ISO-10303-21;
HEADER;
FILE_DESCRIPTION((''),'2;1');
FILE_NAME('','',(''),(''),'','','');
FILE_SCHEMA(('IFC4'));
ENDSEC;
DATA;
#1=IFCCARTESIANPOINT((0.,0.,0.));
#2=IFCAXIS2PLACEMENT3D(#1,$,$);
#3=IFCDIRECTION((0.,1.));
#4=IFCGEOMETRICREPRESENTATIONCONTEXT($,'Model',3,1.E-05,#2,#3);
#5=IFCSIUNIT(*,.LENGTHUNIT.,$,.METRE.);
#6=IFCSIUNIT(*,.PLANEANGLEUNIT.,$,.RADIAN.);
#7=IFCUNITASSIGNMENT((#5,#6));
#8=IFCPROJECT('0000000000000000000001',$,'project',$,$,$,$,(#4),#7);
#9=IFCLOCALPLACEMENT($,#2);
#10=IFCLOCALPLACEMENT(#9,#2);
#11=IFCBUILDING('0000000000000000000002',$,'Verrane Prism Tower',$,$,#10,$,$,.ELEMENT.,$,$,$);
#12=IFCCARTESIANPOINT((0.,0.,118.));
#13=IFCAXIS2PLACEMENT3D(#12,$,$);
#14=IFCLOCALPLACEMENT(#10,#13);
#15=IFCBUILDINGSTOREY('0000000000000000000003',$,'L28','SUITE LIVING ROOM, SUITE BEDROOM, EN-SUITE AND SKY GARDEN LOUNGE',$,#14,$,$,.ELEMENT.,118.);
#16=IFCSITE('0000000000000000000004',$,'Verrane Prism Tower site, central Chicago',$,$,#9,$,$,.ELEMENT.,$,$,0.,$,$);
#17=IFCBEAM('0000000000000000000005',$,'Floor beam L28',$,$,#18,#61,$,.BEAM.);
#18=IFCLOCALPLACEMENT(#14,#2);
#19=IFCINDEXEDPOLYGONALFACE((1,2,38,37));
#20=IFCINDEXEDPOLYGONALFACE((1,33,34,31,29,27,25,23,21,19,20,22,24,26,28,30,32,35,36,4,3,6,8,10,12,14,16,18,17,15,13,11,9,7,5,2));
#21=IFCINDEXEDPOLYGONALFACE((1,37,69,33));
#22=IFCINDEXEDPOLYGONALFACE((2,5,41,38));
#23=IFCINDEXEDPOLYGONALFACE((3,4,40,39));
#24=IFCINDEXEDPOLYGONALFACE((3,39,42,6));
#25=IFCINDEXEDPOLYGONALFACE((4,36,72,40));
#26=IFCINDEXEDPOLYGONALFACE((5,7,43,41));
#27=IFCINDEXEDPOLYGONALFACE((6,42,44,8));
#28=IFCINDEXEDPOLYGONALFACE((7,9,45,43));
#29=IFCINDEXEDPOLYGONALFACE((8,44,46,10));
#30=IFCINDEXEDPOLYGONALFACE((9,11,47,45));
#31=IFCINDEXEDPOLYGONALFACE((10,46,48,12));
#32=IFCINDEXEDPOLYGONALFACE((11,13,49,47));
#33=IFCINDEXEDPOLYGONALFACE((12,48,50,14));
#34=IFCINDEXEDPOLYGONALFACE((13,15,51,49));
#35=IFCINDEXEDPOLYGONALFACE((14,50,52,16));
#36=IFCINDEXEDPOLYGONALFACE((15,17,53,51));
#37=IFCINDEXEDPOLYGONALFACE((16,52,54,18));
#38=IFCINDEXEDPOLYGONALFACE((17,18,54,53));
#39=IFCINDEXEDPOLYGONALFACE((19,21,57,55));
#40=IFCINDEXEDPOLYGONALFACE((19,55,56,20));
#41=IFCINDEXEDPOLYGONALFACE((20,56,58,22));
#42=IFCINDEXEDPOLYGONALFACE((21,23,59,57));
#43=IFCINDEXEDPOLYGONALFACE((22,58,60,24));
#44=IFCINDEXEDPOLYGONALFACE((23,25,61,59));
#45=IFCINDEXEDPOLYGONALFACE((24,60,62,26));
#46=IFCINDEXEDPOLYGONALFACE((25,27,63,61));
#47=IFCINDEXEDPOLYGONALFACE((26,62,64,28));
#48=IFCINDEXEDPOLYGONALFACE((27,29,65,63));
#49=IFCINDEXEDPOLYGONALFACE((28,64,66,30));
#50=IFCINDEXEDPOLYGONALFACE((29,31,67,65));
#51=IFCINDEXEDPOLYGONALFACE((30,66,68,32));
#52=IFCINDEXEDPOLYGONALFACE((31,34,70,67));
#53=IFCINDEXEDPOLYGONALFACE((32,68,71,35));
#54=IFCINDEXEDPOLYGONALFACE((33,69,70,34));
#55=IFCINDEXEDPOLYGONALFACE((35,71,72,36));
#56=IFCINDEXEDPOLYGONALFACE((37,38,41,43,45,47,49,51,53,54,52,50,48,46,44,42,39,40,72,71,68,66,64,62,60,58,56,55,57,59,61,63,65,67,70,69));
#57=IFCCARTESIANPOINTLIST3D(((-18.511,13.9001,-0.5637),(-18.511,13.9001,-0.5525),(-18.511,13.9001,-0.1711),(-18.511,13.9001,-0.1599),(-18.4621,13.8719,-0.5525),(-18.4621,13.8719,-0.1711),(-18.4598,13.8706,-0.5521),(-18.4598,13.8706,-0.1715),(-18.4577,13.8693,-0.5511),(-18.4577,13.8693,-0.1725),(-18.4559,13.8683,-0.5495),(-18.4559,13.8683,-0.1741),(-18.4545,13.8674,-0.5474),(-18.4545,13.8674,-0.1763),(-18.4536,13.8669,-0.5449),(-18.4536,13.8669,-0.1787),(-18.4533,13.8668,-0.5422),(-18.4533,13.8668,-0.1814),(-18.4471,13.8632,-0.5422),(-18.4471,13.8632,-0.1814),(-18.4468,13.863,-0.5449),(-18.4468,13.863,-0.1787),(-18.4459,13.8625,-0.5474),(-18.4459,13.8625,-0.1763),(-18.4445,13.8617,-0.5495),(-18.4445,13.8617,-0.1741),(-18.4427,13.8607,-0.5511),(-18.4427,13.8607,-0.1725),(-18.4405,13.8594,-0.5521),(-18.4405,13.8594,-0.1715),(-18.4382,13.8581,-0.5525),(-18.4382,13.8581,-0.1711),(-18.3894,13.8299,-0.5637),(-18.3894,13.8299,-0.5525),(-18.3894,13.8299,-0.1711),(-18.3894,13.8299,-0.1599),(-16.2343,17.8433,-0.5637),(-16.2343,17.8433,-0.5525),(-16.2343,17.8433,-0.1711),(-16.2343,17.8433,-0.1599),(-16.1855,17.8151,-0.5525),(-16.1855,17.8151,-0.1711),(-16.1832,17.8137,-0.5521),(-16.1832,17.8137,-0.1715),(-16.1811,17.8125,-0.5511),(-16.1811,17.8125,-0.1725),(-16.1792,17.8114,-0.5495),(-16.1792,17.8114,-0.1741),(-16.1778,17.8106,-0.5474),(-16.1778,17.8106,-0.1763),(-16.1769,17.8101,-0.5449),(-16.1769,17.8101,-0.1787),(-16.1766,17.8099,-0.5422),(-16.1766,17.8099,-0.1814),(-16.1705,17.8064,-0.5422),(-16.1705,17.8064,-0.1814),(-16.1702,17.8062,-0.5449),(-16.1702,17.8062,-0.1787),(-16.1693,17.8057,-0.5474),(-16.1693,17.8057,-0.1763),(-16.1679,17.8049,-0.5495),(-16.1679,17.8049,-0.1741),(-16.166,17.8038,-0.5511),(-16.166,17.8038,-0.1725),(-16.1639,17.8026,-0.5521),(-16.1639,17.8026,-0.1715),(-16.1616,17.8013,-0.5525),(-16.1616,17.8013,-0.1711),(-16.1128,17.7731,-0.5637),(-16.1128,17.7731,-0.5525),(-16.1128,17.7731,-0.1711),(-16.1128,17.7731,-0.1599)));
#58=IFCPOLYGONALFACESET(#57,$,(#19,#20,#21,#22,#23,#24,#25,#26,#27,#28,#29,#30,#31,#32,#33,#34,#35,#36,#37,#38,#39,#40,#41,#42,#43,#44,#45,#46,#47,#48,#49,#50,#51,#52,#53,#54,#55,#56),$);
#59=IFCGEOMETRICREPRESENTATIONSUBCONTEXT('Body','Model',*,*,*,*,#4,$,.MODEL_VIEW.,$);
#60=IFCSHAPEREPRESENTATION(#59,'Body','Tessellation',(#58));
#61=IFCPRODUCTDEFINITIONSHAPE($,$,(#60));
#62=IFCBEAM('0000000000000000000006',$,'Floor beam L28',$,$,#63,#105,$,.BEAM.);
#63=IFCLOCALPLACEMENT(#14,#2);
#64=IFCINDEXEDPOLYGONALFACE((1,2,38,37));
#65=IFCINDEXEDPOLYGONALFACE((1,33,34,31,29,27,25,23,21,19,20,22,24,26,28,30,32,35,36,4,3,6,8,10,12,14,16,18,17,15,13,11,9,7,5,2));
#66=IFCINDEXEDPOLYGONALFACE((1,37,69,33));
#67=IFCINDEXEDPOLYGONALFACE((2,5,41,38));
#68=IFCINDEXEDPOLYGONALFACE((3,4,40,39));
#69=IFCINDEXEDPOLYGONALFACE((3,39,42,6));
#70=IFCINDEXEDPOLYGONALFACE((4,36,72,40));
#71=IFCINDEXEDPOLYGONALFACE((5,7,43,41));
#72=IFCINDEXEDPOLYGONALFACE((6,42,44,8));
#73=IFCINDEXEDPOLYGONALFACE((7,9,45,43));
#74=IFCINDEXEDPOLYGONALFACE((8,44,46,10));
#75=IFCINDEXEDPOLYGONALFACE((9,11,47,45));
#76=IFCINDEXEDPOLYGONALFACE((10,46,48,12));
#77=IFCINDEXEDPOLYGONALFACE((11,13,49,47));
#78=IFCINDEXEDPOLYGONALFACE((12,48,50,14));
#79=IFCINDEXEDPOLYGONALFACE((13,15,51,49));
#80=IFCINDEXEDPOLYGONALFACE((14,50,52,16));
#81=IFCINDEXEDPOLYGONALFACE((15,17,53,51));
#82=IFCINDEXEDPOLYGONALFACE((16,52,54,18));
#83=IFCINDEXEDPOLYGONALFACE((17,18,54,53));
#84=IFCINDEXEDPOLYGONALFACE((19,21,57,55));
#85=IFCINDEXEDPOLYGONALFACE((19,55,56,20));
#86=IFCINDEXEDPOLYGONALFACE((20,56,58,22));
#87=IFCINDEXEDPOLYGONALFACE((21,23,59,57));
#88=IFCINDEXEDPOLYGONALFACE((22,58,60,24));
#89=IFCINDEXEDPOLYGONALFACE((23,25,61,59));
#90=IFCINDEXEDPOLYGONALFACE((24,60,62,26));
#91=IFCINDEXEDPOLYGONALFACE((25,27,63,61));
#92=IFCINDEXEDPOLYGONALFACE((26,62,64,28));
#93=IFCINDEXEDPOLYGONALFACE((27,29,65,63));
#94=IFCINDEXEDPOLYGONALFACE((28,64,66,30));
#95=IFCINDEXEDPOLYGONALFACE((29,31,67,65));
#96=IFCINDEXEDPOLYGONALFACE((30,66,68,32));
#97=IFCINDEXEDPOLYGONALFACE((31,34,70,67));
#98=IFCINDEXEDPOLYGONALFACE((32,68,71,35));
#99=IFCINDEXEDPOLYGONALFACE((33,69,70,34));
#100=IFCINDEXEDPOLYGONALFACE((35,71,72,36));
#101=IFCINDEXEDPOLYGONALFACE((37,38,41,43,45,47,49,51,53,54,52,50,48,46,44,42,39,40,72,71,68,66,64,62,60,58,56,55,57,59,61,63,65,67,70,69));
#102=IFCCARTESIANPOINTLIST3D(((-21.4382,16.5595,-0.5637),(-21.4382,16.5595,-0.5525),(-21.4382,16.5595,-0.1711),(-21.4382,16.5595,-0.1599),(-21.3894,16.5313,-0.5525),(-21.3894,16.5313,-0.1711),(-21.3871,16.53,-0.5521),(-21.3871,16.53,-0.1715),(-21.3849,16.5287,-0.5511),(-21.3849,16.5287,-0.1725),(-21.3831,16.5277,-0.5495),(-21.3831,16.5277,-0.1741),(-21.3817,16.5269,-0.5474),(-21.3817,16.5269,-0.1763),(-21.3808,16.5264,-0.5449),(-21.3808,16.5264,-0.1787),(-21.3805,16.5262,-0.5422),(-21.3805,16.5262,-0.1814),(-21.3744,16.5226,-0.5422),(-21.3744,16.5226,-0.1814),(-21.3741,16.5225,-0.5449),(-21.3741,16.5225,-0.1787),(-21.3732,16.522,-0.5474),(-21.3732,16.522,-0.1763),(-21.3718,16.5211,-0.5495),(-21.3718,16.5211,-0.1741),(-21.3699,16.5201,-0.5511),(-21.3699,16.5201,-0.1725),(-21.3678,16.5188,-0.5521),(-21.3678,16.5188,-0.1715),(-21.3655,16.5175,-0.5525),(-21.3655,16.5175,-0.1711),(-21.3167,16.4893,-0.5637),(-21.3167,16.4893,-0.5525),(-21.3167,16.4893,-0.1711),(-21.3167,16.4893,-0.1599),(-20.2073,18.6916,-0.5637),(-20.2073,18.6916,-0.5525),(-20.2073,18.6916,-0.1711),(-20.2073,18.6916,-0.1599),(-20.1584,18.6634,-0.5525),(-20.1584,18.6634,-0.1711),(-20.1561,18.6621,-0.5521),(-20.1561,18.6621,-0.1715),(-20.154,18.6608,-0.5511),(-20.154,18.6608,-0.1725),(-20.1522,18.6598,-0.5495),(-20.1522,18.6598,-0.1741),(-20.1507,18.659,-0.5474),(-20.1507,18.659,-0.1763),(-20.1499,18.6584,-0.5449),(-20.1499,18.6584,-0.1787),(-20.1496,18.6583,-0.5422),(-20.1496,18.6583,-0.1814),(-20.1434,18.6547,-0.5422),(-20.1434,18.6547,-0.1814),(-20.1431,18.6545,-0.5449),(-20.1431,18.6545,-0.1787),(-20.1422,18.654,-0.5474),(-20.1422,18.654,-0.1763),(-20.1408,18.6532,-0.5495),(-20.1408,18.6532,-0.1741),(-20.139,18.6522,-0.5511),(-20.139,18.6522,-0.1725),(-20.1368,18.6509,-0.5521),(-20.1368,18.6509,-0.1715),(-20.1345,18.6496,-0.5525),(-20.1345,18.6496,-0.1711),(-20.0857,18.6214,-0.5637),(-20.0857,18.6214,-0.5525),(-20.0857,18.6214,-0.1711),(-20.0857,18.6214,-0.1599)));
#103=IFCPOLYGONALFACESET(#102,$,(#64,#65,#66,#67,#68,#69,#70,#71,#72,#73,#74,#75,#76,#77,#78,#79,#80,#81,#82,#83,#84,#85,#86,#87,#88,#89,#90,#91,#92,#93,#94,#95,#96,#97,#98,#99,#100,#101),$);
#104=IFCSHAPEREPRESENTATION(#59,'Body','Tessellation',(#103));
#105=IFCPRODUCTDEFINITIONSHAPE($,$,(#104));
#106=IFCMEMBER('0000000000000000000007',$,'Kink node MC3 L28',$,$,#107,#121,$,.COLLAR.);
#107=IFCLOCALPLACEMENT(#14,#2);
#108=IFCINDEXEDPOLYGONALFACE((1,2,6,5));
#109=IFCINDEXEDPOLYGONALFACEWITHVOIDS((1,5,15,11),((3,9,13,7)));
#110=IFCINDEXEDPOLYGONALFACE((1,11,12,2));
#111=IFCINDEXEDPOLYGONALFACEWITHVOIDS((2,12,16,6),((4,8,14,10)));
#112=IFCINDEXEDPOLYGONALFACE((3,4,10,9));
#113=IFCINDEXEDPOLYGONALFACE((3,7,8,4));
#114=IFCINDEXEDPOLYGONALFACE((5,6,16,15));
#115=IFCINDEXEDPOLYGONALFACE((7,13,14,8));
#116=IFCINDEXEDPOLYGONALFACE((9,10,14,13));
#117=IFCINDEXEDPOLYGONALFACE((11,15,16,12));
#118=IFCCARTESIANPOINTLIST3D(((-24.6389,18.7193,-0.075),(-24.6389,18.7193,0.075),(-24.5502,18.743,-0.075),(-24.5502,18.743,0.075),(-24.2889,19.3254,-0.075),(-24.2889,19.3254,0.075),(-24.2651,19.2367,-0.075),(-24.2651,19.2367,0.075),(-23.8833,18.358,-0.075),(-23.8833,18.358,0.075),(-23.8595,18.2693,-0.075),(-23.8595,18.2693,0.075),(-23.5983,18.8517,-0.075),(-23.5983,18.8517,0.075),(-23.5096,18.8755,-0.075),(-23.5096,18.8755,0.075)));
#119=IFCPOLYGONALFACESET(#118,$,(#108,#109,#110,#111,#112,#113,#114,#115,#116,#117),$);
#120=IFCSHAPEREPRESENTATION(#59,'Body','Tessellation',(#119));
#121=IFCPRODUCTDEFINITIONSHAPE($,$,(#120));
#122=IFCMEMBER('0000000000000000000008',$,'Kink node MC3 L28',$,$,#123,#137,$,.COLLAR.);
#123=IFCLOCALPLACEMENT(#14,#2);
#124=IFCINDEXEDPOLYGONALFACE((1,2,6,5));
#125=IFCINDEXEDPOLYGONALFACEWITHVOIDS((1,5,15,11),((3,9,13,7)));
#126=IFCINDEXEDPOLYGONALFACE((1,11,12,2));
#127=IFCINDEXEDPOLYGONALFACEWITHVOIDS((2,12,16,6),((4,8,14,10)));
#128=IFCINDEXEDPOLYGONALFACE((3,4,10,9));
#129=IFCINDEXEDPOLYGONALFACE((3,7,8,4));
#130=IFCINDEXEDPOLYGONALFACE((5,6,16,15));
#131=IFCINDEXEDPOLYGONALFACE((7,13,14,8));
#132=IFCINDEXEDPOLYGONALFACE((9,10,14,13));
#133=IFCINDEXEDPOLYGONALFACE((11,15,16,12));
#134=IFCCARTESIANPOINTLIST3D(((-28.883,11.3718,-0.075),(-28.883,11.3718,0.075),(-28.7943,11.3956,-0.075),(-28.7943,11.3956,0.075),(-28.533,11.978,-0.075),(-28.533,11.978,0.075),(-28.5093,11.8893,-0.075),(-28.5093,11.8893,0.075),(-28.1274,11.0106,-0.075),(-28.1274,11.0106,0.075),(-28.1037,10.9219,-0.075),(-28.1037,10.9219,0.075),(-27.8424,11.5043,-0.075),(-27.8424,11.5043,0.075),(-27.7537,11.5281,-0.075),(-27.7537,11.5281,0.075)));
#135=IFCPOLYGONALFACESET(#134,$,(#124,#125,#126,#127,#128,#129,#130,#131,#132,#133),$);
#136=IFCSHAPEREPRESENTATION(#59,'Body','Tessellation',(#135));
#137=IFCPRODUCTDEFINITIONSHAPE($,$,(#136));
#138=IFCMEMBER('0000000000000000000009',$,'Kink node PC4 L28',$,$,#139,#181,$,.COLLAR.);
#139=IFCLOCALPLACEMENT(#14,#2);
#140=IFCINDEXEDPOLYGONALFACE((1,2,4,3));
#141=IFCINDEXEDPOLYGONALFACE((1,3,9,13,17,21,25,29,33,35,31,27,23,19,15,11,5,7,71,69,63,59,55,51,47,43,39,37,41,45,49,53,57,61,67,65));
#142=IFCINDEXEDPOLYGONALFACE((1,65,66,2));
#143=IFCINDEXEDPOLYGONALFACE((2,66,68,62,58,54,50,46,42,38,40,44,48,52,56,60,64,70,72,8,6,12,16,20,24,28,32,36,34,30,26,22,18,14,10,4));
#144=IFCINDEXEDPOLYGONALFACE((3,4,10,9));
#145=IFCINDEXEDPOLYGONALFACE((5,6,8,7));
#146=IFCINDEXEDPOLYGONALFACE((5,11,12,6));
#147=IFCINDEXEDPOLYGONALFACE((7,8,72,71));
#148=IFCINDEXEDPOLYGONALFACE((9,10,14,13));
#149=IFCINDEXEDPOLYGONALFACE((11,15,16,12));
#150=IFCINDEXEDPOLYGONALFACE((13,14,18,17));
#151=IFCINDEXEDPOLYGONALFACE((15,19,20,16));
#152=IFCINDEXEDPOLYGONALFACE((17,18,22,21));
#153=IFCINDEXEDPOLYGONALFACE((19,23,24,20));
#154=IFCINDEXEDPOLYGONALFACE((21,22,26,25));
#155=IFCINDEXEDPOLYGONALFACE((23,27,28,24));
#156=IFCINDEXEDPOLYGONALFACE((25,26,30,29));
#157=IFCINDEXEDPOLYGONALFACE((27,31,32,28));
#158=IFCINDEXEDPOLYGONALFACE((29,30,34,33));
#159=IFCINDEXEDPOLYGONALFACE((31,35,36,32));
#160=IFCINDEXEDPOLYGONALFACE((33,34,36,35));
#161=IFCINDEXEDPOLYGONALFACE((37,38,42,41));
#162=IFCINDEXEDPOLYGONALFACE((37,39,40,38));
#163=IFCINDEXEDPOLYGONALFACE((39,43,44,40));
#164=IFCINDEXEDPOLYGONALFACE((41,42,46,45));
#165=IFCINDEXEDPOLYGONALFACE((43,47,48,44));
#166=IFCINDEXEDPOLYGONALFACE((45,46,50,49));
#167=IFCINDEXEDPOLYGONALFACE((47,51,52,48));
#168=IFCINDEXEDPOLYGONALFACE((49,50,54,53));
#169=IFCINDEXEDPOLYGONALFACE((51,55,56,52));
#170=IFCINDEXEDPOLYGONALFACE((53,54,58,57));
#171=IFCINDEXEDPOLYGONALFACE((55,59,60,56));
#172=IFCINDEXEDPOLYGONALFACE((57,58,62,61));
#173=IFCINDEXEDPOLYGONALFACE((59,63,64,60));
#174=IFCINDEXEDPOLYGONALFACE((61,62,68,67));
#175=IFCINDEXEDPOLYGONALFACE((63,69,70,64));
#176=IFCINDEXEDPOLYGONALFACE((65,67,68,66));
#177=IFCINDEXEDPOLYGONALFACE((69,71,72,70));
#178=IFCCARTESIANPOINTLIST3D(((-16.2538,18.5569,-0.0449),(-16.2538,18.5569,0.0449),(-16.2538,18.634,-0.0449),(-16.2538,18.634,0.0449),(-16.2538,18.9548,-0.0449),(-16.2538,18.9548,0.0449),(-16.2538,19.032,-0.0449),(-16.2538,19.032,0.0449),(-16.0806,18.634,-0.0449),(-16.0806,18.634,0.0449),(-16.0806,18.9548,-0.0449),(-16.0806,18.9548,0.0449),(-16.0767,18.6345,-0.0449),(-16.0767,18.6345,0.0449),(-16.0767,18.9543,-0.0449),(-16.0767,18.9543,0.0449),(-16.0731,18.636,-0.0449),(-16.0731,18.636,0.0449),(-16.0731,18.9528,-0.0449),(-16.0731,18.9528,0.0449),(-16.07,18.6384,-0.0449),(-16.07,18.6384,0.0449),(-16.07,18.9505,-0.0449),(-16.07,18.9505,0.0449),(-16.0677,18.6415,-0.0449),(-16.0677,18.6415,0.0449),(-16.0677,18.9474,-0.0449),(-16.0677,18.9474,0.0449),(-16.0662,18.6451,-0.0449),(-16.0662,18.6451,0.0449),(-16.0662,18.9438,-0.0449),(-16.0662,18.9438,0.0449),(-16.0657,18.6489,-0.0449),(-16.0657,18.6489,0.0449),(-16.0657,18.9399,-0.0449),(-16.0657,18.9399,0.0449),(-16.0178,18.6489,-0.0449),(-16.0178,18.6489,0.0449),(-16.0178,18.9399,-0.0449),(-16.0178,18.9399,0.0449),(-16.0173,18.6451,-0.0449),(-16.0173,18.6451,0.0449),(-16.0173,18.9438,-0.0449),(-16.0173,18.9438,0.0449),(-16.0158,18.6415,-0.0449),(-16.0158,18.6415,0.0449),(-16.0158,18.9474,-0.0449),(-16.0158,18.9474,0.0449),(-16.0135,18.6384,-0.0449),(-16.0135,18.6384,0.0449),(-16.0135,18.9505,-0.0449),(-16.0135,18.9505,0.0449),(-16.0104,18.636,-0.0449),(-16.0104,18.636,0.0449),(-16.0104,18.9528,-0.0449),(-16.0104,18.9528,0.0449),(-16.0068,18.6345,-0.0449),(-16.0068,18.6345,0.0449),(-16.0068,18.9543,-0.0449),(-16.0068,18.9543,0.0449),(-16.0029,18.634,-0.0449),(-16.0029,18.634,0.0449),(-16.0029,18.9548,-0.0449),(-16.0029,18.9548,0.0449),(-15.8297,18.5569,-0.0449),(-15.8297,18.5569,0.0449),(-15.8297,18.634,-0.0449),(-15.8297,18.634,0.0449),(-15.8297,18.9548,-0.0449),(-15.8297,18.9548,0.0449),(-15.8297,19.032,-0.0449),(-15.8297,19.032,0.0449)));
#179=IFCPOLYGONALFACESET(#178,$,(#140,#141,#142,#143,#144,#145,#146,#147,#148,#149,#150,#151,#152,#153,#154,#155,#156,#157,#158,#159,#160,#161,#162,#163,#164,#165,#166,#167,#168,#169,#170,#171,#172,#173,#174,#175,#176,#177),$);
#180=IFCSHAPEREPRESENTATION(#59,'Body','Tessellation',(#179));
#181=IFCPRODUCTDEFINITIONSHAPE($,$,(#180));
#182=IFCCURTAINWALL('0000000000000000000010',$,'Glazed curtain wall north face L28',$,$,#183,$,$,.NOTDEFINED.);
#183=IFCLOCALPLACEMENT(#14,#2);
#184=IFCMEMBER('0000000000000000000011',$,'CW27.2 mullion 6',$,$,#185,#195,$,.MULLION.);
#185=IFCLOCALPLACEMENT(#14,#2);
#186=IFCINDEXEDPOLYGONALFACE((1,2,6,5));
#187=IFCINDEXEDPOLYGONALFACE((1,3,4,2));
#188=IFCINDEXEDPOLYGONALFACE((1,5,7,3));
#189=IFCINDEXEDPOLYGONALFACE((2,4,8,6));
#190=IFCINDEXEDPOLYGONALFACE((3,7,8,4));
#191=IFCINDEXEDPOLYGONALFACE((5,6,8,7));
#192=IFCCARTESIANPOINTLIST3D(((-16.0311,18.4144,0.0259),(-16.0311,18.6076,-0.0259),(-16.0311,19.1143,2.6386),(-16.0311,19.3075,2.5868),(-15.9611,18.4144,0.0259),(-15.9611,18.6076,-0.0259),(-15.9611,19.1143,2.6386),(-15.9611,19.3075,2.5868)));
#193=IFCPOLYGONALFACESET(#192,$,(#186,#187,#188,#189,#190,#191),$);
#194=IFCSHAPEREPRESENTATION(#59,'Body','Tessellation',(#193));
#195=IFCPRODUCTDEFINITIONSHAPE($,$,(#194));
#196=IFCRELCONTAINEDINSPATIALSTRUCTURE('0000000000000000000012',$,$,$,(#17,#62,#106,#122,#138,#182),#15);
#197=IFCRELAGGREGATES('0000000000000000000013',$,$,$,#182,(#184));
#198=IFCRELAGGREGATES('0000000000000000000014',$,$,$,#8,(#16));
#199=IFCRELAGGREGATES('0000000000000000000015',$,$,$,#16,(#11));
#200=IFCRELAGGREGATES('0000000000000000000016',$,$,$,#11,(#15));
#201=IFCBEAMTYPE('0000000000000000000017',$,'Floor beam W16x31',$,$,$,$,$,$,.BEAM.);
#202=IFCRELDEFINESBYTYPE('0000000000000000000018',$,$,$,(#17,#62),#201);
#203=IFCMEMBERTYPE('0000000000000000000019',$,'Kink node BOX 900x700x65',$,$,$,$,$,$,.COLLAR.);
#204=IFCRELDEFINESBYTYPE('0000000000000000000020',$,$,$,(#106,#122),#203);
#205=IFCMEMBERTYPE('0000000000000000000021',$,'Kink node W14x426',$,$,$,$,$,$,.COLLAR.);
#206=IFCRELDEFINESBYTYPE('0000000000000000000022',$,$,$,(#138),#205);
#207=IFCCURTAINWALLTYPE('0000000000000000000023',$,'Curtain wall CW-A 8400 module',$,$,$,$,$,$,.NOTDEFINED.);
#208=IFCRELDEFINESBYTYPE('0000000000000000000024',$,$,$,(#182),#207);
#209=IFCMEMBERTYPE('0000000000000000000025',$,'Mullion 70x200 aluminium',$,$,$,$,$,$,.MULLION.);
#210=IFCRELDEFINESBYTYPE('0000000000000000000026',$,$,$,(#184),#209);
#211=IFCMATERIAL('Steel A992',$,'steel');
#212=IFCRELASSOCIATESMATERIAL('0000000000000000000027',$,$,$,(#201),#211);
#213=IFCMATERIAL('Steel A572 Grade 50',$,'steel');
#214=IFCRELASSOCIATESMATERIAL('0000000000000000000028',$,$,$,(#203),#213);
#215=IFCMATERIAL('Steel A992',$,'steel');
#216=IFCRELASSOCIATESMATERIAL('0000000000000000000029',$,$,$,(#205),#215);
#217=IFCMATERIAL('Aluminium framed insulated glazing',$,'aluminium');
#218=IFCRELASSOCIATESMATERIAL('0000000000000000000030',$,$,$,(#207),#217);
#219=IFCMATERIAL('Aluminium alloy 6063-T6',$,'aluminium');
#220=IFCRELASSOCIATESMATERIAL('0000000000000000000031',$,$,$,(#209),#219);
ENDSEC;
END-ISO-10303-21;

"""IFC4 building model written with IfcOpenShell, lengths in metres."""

from ifc_helpers import new_model, si_unit, direction, frame, origin, origin_2d, place, context, subcontext, project, spatial, rectangle, hollow_rectangle, i_section, extrude, material, material_profile, profile_set, type_object, element, aggregate, save


model = new_model("IFC4")

# Units and contexts
model_context = context("Model", 3, precision=1e-05, world=origin(), true_north=direction((0.0, 1.0)))
body_context = subcontext(model_context, "Body", "Model", "MODEL_VIEW")
ifc_project = project(units=[si_unit("LENGTHUNIT", "METRE"), si_unit("PLANEANGLEUNIT", "RADIAN")], contexts=[model_context])

# Site, building, storey
site_placement = place(None, origin())
site = spatial("IfcSite", under=ifc_project, at=site_placement, Name="Verrane Prism Tower site, central Chicago", CompositionType="ELEMENT", RefElevation=0.0)
building_placement = place(site_placement, origin())
building = spatial("IfcBuilding", under=site, at=building_placement, Name="Verrane Prism Tower", CompositionType="ELEMENT")
storey_placement = place(building_placement, frame((0.0, 0.0, 118.0)))
storey = spatial("IfcBuildingStorey", under=building, at=storey_placement, Name="L28", Description="SUITE LIVING ROOM, SUITE BEDROOM, EN-SUITE AND SKY GARDEN LOUNGE", CompositionType="ELEMENT", Elevation=118.0)

# Beams
ifc_material_1 = material(Name="Steel A992", Category="steel")
ifc_material_profile_1 = material_profile(ifc_material_1, i_section(OverallWidth=0.1404, OverallDepth=0.4038, WebThickness=0.0071, FlangeThickness=0.0112, FilletRadius=0.0103, at=origin_2d()), Name="W16x31")
ifc_profile_set_1 = profile_set([ifc_material_profile_1], Name="Steel A992")
beam_type_1 = type_object("IfcBeamType", Name="Floor beam W16x31", PredefinedType="BEAM", material=ifc_profile_set_1)
beam_1_placement = place(storey_placement, frame((-18.4502, 13.865, -0.3618), z_axis=(0.500009, 0.86602, 0.0), x_axis=(-0.86602, 0.500009, 0.0)))
element("IfcBeam", 1, at=beam_1_placement, inside=storey, type_object=beam_type_1, Name="Floor beam L28", PredefinedType="BEAM", context=body_context, shape_type="SweptSolid", body=[
    extrude(i_section(OverallWidth=0.1404, OverallDepth=0.4038, WebThickness=0.0071, FlangeThickness=0.0112, FilletRadius=0.0103, at=origin_2d()), origin(), (0.0, 0.0, 1.0), 4.5532),
])
beam_2_placement = place(storey_placement, frame((-21.3774, 16.5244, -0.3618), z_axis=(0.5, 0.866025, 0.0), x_axis=(-0.866025, 0.5, 0.0)))
element("IfcBeam", 2, at=beam_2_placement, inside=storey, type_object=beam_type_1, Name="Floor beam L28", PredefinedType="BEAM", context=body_context, shape_type="SweptSolid", body=[
    extrude(i_section(OverallWidth=0.1404, OverallDepth=0.4038, WebThickness=0.0071, FlangeThickness=0.0112, FilletRadius=0.0103, at=origin_2d()), origin(), (0.0, 0.0, 1.0), 2.4619),
])

# Members
ifc_material_2 = material(Name="Steel A572 Grade 50", Category="steel")
ifc_material_profile_2 = material_profile(ifc_material_2, hollow_rectangle(XDim=0.7, YDim=0.8999, WallThickness=0.0649, at=origin_2d()), Name="BOX 900x700x65")
ifc_profile_set_2 = profile_set([ifc_material_profile_2], Name="Steel A572 Grade 50")
member_type_1 = type_object("IfcMemberType", Name="Kink node BOX 900x700x65", PredefinedType="COLLAR", material=ifc_profile_set_2)
for number, where, z_axis, x_axis, name in (
    (3, (-24.0742, 18.7974, -0.075), (0.0, 0.0, 1.0), (0.5, 0.866025, 0.0), "Kink node MC3 L28"),
    (4, (-28.3184, 11.45, -0.075), (0.0, 0.0, 1.0), (0.5, 0.866025, 0.0), "Kink node MC3 L28"),
):
    element("IfcMember", number, at=place(storey_placement, frame(where, z_axis=z_axis, x_axis=x_axis)), inside=storey, type_object=member_type_1, Name=name, PredefinedType="COLLAR", context=body_context, shape_type="SweptSolid", body=[
        extrude(hollow_rectangle(XDim=0.7, YDim=0.8999, WallThickness=0.0649, at=origin_2d()), origin(), (0.0, 0.0, 1.0), 0.1499),
    ])
ifc_material_3 = material(Name="Steel A992", Category="steel")
ifc_material_profile_3 = material_profile(ifc_material_3, i_section(OverallWidth=0.4241, OverallDepth=0.4751, WebThickness=0.0479, FlangeThickness=0.0771, FilletRadius=0.0149, at=origin_2d()), Name="W14x426")
ifc_profile_set_3 = profile_set([ifc_material_profile_3], Name="Steel A992")
member_type_2 = type_object("IfcMemberType", Name="Kink node W14x426", PredefinedType="COLLAR", material=ifc_profile_set_3)
member_1_placement = place(storey_placement, frame((-16.0417, 18.7944, -0.0449), z_axis=(0.0, 0.0, 1.0), x_axis=(1.0, 0.0, 0.0)))
element("IfcMember", 5, at=member_1_placement, inside=storey, type_object=member_type_2, Name="Kink node PC4 L28", PredefinedType="COLLAR", context=body_context, shape_type="SweptSolid", body=[
    extrude(i_section(OverallWidth=0.4241, OverallDepth=0.4751, WebThickness=0.0479, FlangeThickness=0.0771, FilletRadius=0.0149, at=origin_2d()), origin(), (0.0, 0.0, 1.0), 0.0898),
])

# Curtain wall, member
ifc_material_4 = material(Name="Aluminium framed insulated glazing", Category="aluminium")
curtain_wall_type = type_object("IfcCurtainWallType", Name="Curtain wall CW-A 8400 module", PredefinedType="NOTDEFINED", material=ifc_material_4)
curtain_wall_1_placement = place(storey_placement, origin())
curtain_wall_1 = element("IfcCurtainWall", 6, at=curtain_wall_1_placement, inside=storey, type_object=curtain_wall_type, Name="Glazed curtain wall north face L28", PredefinedType="NOTDEFINED")
ifc_material_5 = material(Name="Aluminium alloy 6063-T6", Category="aluminium")
ifc_material_profile_4 = material_profile(ifc_material_5, rectangle(XDim=0.2, YDim=0.0701, at=origin_2d()), Name="Mullion 70x200 aluminium")
ifc_profile_set_4 = profile_set([ifc_material_profile_4], Name="Aluminium alloy 6063-T6")
member_type_3 = type_object("IfcMemberType", Name="Mullion 70x200 aluminium", PredefinedType="MULLION", material=ifc_profile_set_4)
member_2_placement = place(storey_placement, frame((-15.9961, 18.511, 0.0), z_axis=(0.0, 0.258769, 0.965939), x_axis=(0.0, 0.965939, -0.258769)))
member_2 = element("IfcMember", 7, at=member_2_placement, type_object=member_type_3, Name="CW27.2 mullion 6", PredefinedType="MULLION", context=body_context, shape_type="SweptSolid", body=[
    extrude(rectangle(XDim=0.2, YDim=0.0701, at=origin_2d()), origin(), (0.0, 0.0, 1.0), 2.7048),
])

aggregate(curtain_wall_1, [member_2])

save(model, "model.ifc")
